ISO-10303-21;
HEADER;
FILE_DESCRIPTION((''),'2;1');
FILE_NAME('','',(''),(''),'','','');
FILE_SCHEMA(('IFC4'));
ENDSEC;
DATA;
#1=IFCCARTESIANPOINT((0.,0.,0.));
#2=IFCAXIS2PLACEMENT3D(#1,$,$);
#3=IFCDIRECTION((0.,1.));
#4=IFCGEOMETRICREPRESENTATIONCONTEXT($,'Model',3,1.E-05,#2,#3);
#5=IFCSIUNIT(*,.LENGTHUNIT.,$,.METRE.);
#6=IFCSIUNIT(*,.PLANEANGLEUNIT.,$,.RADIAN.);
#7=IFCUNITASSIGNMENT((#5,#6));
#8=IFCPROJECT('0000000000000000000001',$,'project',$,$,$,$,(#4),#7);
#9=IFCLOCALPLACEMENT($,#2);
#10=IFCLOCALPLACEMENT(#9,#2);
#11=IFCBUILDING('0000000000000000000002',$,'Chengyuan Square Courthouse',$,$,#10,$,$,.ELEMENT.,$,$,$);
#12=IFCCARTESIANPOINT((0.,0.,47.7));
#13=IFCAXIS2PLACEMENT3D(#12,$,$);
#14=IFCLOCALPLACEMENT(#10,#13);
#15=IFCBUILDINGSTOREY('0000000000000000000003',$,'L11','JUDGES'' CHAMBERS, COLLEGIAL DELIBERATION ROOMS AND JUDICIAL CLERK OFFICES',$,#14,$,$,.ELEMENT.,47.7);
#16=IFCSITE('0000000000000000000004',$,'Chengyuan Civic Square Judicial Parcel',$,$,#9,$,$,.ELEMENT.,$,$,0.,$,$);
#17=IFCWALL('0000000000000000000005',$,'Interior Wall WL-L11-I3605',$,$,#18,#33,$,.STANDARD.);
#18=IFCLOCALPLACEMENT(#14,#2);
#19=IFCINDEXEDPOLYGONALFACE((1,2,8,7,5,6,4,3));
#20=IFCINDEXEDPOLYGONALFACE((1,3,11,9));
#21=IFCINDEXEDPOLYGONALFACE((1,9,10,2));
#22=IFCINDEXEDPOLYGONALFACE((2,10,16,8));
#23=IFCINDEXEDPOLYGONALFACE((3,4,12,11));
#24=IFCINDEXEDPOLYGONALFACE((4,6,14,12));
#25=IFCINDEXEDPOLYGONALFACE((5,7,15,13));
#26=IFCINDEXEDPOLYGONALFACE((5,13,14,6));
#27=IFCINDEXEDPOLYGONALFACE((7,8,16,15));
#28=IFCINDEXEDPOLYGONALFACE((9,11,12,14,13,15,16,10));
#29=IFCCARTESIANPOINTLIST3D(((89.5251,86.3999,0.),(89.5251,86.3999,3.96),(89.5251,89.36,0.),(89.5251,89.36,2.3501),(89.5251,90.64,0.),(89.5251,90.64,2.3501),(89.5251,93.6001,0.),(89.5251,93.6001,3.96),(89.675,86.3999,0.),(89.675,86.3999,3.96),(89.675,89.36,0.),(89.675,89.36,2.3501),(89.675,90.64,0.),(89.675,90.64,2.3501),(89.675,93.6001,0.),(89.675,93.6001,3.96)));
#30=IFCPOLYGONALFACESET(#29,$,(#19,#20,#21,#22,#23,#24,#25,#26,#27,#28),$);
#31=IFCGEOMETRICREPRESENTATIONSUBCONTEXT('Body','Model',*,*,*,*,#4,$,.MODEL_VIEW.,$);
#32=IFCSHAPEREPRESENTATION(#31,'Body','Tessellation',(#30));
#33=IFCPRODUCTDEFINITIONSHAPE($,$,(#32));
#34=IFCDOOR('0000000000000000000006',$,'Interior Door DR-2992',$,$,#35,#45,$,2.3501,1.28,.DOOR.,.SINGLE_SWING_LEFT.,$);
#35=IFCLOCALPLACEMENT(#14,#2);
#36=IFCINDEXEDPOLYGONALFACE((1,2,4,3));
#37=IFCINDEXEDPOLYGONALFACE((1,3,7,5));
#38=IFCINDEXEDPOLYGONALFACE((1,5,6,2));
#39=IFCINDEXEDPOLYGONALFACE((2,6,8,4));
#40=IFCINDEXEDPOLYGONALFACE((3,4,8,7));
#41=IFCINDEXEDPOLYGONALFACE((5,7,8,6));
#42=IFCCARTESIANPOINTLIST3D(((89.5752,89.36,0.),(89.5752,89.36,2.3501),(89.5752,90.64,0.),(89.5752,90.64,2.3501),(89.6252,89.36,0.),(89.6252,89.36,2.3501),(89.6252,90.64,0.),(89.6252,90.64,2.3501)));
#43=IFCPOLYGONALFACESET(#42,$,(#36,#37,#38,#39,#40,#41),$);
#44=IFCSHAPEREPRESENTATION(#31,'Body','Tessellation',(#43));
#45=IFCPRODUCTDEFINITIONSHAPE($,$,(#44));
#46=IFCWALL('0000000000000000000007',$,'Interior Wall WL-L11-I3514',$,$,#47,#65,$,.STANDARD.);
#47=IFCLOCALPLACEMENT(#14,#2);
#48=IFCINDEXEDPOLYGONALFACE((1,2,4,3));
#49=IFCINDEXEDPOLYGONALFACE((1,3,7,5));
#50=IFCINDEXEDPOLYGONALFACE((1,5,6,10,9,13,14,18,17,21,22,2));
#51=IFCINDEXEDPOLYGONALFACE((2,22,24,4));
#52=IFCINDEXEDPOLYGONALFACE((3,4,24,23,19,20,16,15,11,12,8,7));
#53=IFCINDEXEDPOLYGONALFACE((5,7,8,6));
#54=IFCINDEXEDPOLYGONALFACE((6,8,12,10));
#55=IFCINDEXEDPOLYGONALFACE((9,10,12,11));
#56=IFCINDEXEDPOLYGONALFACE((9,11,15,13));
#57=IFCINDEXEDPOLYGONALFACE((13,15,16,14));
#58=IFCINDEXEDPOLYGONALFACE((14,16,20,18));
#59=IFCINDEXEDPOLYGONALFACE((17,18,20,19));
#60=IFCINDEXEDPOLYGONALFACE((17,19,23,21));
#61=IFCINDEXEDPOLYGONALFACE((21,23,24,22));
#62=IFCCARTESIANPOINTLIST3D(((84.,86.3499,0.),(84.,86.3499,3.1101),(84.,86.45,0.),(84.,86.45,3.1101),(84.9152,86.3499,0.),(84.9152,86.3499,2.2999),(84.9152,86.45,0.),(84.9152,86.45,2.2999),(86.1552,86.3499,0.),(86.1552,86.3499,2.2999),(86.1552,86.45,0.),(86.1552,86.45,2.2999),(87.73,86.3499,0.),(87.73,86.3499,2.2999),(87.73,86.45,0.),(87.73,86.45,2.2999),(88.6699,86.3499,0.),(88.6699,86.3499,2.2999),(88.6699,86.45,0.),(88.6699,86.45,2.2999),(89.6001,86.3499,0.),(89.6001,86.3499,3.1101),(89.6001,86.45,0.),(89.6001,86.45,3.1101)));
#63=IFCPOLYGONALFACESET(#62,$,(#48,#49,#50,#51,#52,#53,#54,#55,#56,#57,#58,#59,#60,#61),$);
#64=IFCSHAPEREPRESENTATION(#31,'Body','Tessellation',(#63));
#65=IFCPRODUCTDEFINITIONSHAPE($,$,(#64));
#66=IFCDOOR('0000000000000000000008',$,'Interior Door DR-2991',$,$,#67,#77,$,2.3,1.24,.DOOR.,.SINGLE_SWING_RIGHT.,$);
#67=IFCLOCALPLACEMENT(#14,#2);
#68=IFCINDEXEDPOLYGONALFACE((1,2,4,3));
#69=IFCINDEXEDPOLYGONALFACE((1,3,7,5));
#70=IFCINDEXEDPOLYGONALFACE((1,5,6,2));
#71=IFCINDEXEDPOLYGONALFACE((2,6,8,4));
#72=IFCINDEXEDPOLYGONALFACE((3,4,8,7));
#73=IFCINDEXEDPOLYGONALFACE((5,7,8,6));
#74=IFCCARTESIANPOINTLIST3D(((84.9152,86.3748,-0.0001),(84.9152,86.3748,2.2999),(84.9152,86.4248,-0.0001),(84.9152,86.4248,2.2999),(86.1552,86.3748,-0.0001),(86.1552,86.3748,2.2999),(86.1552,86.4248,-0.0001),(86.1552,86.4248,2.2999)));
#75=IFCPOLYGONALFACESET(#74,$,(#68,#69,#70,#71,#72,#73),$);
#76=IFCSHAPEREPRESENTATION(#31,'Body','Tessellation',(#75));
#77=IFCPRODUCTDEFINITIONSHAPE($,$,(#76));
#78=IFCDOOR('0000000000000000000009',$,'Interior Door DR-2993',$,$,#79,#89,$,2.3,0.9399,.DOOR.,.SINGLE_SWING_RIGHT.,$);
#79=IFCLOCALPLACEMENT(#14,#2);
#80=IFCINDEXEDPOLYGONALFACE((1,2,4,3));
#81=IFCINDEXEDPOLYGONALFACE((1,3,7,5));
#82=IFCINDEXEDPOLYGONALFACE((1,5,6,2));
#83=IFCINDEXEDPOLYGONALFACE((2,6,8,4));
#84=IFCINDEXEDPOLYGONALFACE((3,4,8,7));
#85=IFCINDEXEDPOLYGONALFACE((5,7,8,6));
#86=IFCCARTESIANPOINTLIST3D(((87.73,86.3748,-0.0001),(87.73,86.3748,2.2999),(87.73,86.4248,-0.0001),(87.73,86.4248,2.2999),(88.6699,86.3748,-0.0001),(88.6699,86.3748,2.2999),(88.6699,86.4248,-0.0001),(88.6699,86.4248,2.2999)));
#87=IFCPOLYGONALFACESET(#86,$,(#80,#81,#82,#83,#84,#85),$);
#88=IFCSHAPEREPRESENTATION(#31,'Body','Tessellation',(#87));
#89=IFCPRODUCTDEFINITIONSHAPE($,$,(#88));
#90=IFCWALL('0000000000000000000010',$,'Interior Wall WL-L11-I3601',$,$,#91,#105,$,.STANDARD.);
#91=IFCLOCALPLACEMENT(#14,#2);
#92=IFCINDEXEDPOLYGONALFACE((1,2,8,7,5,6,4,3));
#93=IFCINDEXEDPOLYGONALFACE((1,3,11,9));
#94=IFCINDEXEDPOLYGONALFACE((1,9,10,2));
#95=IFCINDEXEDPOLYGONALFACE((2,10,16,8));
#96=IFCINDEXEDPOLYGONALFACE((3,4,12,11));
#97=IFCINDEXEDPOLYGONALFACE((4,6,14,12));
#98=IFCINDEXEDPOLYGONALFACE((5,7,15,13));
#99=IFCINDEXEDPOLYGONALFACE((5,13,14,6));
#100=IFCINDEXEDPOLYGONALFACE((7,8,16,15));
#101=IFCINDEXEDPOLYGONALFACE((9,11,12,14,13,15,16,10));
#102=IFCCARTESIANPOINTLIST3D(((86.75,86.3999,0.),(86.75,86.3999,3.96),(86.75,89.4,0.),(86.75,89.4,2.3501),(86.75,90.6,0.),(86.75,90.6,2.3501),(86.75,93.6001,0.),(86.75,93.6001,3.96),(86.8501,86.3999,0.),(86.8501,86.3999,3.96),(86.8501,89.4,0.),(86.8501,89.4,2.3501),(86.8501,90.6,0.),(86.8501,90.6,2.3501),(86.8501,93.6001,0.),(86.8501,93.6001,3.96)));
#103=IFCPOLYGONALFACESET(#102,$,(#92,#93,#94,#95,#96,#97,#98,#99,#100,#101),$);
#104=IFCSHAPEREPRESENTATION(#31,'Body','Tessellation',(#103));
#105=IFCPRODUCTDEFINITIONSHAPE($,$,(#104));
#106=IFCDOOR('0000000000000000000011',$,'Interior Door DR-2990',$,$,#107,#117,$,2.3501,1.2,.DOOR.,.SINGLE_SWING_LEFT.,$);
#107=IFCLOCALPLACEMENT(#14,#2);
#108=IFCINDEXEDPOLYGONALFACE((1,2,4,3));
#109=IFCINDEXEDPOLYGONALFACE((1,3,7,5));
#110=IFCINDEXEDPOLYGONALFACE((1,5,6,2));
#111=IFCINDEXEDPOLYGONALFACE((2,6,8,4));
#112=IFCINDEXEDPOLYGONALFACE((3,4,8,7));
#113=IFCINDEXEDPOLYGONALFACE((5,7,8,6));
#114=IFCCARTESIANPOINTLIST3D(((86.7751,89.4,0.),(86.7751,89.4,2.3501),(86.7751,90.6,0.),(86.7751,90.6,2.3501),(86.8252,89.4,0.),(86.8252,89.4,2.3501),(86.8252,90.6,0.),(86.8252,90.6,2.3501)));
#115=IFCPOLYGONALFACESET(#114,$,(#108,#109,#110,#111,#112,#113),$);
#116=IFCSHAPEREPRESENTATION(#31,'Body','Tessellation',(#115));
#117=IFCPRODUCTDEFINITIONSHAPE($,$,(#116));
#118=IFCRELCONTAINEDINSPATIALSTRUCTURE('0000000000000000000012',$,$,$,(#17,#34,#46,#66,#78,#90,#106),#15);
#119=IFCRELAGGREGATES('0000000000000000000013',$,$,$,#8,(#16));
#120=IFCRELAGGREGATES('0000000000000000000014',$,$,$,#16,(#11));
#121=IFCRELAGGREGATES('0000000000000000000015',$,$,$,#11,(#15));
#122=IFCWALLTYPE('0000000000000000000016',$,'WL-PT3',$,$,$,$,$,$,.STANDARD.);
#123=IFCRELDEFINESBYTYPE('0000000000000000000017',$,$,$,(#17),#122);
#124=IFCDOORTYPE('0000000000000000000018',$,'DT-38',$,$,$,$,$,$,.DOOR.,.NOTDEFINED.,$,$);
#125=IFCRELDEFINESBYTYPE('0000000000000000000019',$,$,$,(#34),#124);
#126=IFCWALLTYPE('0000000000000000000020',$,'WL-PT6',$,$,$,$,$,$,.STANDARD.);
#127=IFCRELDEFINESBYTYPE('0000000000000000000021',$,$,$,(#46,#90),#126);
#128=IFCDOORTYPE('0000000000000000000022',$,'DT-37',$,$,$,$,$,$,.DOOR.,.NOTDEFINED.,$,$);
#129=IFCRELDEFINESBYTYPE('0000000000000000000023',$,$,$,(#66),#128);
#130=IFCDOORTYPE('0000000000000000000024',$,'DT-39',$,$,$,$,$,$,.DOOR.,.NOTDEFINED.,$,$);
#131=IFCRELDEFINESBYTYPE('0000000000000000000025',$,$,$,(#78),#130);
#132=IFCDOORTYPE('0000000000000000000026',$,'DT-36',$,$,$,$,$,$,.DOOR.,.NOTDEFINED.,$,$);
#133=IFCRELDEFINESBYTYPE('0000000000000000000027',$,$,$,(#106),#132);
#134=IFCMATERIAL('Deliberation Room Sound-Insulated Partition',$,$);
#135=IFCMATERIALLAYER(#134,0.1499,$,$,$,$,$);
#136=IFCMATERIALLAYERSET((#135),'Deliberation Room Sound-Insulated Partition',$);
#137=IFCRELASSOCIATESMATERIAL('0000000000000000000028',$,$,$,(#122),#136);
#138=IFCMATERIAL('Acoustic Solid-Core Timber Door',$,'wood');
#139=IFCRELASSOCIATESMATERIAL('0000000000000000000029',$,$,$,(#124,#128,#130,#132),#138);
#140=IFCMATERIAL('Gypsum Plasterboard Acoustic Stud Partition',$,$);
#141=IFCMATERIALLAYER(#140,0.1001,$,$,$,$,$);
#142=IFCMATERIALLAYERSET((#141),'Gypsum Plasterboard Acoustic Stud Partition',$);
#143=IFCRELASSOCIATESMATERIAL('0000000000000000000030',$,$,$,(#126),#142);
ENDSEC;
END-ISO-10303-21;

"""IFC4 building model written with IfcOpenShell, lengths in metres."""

from ifc_helpers import new_model, si_unit, direction, frame, frame_2d, origin, place, context, subcontext, project, spatial, rectangle, extrude, material, layer, layer_set, type_object, element, fill, save


model = new_model("IFC4")

# Units and contexts
model_context = context("Model", 3, precision=1e-05, world=origin(), true_north=direction((0.0, 1.0)))
body_context = subcontext(model_context, "Body", "Model", "MODEL_VIEW")
ifc_project = project(units=[si_unit("LENGTHUNIT", "METRE"), si_unit("PLANEANGLEUNIT", "RADIAN")], contexts=[model_context])

# Site, building, storey
site_placement = place(None, origin())
site = spatial("IfcSite", under=ifc_project, at=site_placement, Name="Chengyuan Civic Square Judicial Parcel", CompositionType="ELEMENT", RefElevation=0.0)
building_placement = place(site_placement, origin())
building = spatial("IfcBuilding", under=site, at=building_placement, Name="Chengyuan Square Courthouse", CompositionType="ELEMENT")
storey_placement = place(building_placement, frame((0.0, 0.0, 47.7)))
storey = spatial("IfcBuildingStorey", under=building, at=storey_placement, Name="L11", Description="JUDGES' CHAMBERS, COLLEGIAL DELIBERATION ROOMS AND JUDICIAL CLERK OFFICES", CompositionType="ELEMENT", Elevation=47.7)

# Shared definitions
ifc_material_1 = material(Name="Deliberation Room Sound-Insulated Partition")
ifc_layer_1 = layer(ifc_material_1, 0.1499)
ifc_layer_set_1 = layer_set([ifc_layer_1], Name="Deliberation Room Sound-Insulated Partition")
wall_type_1 = type_object("IfcWallType", Name="WL-PT3", PredefinedType="STANDARD", material=ifc_layer_set_1)
ifc_material_2 = material(Name="Acoustic Solid-Core Timber Door", Category="wood")

# Wall, opening, door
wall_1_placement = place(storey_placement, frame((89.6001, 86.3999, 0.0), z_axis=(0.0, 0.0, 1.0), x_axis=(0.0, 1.0, 0.0)))
wall_1 = element("IfcWall", 1, at=wall_1_placement, inside=storey, type_object=wall_type_1, Name="Interior Wall WL-L11-I3605", PredefinedType="STANDARD", context=body_context, shape_type="SweptSolid", body=[
    extrude(rectangle(XDim=7.2002, YDim=0.1499, at=frame_2d((3.6001, 0.0))), origin(), (0.0, 0.0, 1.0), 3.96),
])
opening_1_placement = place(wall_1_placement, frame((2.96, 0.0, 0.0)))
opening_1 = element("IfcOpeningElement", 2, at=opening_1_placement, cuts=wall_1, PredefinedType="OPENING", context=body_context, shape_type="SweptSolid", body=[
    extrude(rectangle(XDim=1.28, YDim=2.3501, at=frame_2d((0.6401, 1.175))), frame((0.0, 0.0869, 0.0), z_axis=(0.0, -1.0, 0.0), x_axis=(1.0, 0.0, 0.0)), (0.0, 0.0, 1.0), 0.1738),
])
door_type_1 = type_object("IfcDoorType", Name="DT-38", OperationType="NOTDEFINED", PredefinedType="DOOR", material=ifc_material_2)
door_1_placement = place(opening_1_placement, origin())
door_1 = element("IfcDoor", 3, at=door_1_placement, inside=storey, type_object=door_type_1, Name="Interior Door DR-2992", OperationType="SINGLE_SWING_LEFT", OverallHeight=2.3501, OverallWidth=1.28, PredefinedType="DOOR", context=body_context, shape_type="SweptSolid", body=[
    extrude(rectangle(XDim=1.28, YDim=2.3501, at=frame_2d((0.6401, 1.175))), frame((0.0, 0.0249, 0.0), z_axis=(0.0, -1.0, 0.0), x_axis=(1.0, 0.0, 0.0)), (0.0, 0.0, 1.0), 0.05),
])
fill(opening_1, door_1)

# Wall, openings, doors
ifc_material_3 = material(Name="Gypsum Plasterboard Acoustic Stud Partition")
ifc_layer_2 = layer(ifc_material_3, 0.1001)
ifc_layer_set_2 = layer_set([ifc_layer_2], Name="Gypsum Plasterboard Acoustic Stud Partition")
wall_type_2 = type_object("IfcWallType", Name="WL-PT6", PredefinedType="STANDARD", material=ifc_layer_set_2)
wall_2_placement = place(storey_placement, frame((84.0, 86.3999, 0.0), z_axis=(0.0, 0.0, 1.0), x_axis=(1.0, 0.0, 0.0)))
wall_2 = element("IfcWall", 4, at=wall_2_placement, inside=storey, type_object=wall_type_2, Name="Interior Wall WL-L11-I3514", PredefinedType="STANDARD", context=body_context, shape_type="SweptSolid", body=[
    extrude(rectangle(XDim=5.6001, YDim=0.1001, at=frame_2d((2.8, 0.0))), origin(), (0.0, 0.0, 1.0), 3.1101),
])
opening_2_placement = place(wall_2_placement, frame((0.915, 0.0, 0.0)))
opening_2 = element("IfcOpeningElement", 5, at=opening_2_placement, cuts=wall_2, PredefinedType="OPENING", context=body_context, shape_type="SweptSolid", body=[
    extrude(rectangle(XDim=1.24, YDim=2.3, at=frame_2d((0.6201, 1.1499))), frame((0.0, 0.062, 0.0), z_axis=(0.0, -1.0, 0.0), x_axis=(1.0, 0.0, 0.0)), (0.0, 0.0, 1.0), 0.124),
])
opening_3_placement = place(wall_2_placement, frame((3.73, 0.0, 0.0)))
opening_3 = element("IfcOpeningElement", 6, at=opening_3_placement, cuts=wall_2, PredefinedType="OPENING", context=body_context, shape_type="SweptSolid", body=[
    extrude(rectangle(XDim=0.9399, YDim=2.3, at=frame_2d((0.47, 1.1499))), frame((0.0, 0.062, 0.0), z_axis=(0.0, -1.0, 0.0), x_axis=(1.0, 0.0, 0.0)), (0.0, 0.0, 1.0), 0.124),
])
door_type_2 = type_object("IfcDoorType", Name="DT-37", OperationType="NOTDEFINED", PredefinedType="DOOR", material=ifc_material_2)
door_2_placement = place(opening_2_placement, origin())
door_2 = element("IfcDoor", 7, at=door_2_placement, inside=storey, type_object=door_type_2, Name="Interior Door DR-2991", OperationType="SINGLE_SWING_RIGHT", OverallHeight=2.3, OverallWidth=1.24, PredefinedType="DOOR", context=body_context, shape_type="SweptSolid", body=[
    extrude(rectangle(XDim=1.24, YDim=2.3, at=frame_2d((0.6201, 1.1499))), frame((0.0, 0.0249, 0.0), z_axis=(0.0, -1.0, 0.0), x_axis=(1.0, 0.0, 0.0)), (0.0, 0.0, 1.0), 0.05),
])
fill(opening_2, door_2)
door_type_3 = type_object("IfcDoorType", Name="DT-39", OperationType="NOTDEFINED", PredefinedType="DOOR", material=ifc_material_2)
door_3_placement = place(opening_3_placement, origin())
door_3 = element("IfcDoor", 8, at=door_3_placement, inside=storey, type_object=door_type_3, Name="Interior Door DR-2993", OperationType="SINGLE_SWING_RIGHT", OverallHeight=2.3, OverallWidth=0.9399, PredefinedType="DOOR", context=body_context, shape_type="SweptSolid", body=[
    extrude(rectangle(XDim=0.9399, YDim=2.3, at=frame_2d((0.47, 1.1499))), frame((0.0, 0.0249, 0.0), z_axis=(0.0, -1.0, 0.0), x_axis=(1.0, 0.0, 0.0)), (0.0, 0.0, 1.0), 0.05),
])
fill(opening_3, door_3)

# Wall, opening, door
wall_3_placement = place(storey_placement, frame((86.8, 86.3999, 0.0), z_axis=(0.0, 0.0, 1.0), x_axis=(0.0, 1.0, 0.0)))
wall_3 = element("IfcWall", 9, at=wall_3_placement, inside=storey, type_object=wall_type_2, Name="Interior Wall WL-L11-I3601", PredefinedType="STANDARD", context=body_context, shape_type="SweptSolid", body=[
    extrude(rectangle(XDim=7.2002, YDim=0.1001, at=frame_2d((3.6001, 0.0))), origin(), (0.0, 0.0, 1.0), 3.96),
])
opening_4_placement = place(wall_3_placement, frame((3.0, 0.0, 0.0)))
opening_4 = element("IfcOpeningElement", 10, at=opening_4_placement, cuts=wall_3, PredefinedType="OPENING", context=body_context, shape_type="SweptSolid", body=[
    extrude(rectangle(XDim=1.2, YDim=2.3501, at=frame_2d((0.6001, 1.175))), frame((0.0, 0.062, 0.0), z_axis=(0.0, -1.0, 0.0), x_axis=(1.0, 0.0, 0.0)), (0.0, 0.0, 1.0), 0.124),
])
door_type_4 = type_object("IfcDoorType", Name="DT-36", OperationType="NOTDEFINED", PredefinedType="DOOR", material=ifc_material_2)
door_4_placement = place(opening_4_placement, origin())
door_4 = element("IfcDoor", 11, at=door_4_placement, inside=storey, type_object=door_type_4, Name="Interior Door DR-2990", OperationType="SINGLE_SWING_LEFT", OverallHeight=2.3501, OverallWidth=1.2, PredefinedType="DOOR", context=body_context, shape_type="SweptSolid", body=[
    extrude(rectangle(XDim=1.2, YDim=2.3501, at=frame_2d((0.6001, 1.175))), frame((0.0, 0.0249, 0.0), z_axis=(0.0, -1.0, 0.0), x_axis=(1.0, 0.0, 0.0)), (0.0, 0.0, 1.0), 0.05),
])
fill(opening_4, door_4)

save(model, "model.ifc")
